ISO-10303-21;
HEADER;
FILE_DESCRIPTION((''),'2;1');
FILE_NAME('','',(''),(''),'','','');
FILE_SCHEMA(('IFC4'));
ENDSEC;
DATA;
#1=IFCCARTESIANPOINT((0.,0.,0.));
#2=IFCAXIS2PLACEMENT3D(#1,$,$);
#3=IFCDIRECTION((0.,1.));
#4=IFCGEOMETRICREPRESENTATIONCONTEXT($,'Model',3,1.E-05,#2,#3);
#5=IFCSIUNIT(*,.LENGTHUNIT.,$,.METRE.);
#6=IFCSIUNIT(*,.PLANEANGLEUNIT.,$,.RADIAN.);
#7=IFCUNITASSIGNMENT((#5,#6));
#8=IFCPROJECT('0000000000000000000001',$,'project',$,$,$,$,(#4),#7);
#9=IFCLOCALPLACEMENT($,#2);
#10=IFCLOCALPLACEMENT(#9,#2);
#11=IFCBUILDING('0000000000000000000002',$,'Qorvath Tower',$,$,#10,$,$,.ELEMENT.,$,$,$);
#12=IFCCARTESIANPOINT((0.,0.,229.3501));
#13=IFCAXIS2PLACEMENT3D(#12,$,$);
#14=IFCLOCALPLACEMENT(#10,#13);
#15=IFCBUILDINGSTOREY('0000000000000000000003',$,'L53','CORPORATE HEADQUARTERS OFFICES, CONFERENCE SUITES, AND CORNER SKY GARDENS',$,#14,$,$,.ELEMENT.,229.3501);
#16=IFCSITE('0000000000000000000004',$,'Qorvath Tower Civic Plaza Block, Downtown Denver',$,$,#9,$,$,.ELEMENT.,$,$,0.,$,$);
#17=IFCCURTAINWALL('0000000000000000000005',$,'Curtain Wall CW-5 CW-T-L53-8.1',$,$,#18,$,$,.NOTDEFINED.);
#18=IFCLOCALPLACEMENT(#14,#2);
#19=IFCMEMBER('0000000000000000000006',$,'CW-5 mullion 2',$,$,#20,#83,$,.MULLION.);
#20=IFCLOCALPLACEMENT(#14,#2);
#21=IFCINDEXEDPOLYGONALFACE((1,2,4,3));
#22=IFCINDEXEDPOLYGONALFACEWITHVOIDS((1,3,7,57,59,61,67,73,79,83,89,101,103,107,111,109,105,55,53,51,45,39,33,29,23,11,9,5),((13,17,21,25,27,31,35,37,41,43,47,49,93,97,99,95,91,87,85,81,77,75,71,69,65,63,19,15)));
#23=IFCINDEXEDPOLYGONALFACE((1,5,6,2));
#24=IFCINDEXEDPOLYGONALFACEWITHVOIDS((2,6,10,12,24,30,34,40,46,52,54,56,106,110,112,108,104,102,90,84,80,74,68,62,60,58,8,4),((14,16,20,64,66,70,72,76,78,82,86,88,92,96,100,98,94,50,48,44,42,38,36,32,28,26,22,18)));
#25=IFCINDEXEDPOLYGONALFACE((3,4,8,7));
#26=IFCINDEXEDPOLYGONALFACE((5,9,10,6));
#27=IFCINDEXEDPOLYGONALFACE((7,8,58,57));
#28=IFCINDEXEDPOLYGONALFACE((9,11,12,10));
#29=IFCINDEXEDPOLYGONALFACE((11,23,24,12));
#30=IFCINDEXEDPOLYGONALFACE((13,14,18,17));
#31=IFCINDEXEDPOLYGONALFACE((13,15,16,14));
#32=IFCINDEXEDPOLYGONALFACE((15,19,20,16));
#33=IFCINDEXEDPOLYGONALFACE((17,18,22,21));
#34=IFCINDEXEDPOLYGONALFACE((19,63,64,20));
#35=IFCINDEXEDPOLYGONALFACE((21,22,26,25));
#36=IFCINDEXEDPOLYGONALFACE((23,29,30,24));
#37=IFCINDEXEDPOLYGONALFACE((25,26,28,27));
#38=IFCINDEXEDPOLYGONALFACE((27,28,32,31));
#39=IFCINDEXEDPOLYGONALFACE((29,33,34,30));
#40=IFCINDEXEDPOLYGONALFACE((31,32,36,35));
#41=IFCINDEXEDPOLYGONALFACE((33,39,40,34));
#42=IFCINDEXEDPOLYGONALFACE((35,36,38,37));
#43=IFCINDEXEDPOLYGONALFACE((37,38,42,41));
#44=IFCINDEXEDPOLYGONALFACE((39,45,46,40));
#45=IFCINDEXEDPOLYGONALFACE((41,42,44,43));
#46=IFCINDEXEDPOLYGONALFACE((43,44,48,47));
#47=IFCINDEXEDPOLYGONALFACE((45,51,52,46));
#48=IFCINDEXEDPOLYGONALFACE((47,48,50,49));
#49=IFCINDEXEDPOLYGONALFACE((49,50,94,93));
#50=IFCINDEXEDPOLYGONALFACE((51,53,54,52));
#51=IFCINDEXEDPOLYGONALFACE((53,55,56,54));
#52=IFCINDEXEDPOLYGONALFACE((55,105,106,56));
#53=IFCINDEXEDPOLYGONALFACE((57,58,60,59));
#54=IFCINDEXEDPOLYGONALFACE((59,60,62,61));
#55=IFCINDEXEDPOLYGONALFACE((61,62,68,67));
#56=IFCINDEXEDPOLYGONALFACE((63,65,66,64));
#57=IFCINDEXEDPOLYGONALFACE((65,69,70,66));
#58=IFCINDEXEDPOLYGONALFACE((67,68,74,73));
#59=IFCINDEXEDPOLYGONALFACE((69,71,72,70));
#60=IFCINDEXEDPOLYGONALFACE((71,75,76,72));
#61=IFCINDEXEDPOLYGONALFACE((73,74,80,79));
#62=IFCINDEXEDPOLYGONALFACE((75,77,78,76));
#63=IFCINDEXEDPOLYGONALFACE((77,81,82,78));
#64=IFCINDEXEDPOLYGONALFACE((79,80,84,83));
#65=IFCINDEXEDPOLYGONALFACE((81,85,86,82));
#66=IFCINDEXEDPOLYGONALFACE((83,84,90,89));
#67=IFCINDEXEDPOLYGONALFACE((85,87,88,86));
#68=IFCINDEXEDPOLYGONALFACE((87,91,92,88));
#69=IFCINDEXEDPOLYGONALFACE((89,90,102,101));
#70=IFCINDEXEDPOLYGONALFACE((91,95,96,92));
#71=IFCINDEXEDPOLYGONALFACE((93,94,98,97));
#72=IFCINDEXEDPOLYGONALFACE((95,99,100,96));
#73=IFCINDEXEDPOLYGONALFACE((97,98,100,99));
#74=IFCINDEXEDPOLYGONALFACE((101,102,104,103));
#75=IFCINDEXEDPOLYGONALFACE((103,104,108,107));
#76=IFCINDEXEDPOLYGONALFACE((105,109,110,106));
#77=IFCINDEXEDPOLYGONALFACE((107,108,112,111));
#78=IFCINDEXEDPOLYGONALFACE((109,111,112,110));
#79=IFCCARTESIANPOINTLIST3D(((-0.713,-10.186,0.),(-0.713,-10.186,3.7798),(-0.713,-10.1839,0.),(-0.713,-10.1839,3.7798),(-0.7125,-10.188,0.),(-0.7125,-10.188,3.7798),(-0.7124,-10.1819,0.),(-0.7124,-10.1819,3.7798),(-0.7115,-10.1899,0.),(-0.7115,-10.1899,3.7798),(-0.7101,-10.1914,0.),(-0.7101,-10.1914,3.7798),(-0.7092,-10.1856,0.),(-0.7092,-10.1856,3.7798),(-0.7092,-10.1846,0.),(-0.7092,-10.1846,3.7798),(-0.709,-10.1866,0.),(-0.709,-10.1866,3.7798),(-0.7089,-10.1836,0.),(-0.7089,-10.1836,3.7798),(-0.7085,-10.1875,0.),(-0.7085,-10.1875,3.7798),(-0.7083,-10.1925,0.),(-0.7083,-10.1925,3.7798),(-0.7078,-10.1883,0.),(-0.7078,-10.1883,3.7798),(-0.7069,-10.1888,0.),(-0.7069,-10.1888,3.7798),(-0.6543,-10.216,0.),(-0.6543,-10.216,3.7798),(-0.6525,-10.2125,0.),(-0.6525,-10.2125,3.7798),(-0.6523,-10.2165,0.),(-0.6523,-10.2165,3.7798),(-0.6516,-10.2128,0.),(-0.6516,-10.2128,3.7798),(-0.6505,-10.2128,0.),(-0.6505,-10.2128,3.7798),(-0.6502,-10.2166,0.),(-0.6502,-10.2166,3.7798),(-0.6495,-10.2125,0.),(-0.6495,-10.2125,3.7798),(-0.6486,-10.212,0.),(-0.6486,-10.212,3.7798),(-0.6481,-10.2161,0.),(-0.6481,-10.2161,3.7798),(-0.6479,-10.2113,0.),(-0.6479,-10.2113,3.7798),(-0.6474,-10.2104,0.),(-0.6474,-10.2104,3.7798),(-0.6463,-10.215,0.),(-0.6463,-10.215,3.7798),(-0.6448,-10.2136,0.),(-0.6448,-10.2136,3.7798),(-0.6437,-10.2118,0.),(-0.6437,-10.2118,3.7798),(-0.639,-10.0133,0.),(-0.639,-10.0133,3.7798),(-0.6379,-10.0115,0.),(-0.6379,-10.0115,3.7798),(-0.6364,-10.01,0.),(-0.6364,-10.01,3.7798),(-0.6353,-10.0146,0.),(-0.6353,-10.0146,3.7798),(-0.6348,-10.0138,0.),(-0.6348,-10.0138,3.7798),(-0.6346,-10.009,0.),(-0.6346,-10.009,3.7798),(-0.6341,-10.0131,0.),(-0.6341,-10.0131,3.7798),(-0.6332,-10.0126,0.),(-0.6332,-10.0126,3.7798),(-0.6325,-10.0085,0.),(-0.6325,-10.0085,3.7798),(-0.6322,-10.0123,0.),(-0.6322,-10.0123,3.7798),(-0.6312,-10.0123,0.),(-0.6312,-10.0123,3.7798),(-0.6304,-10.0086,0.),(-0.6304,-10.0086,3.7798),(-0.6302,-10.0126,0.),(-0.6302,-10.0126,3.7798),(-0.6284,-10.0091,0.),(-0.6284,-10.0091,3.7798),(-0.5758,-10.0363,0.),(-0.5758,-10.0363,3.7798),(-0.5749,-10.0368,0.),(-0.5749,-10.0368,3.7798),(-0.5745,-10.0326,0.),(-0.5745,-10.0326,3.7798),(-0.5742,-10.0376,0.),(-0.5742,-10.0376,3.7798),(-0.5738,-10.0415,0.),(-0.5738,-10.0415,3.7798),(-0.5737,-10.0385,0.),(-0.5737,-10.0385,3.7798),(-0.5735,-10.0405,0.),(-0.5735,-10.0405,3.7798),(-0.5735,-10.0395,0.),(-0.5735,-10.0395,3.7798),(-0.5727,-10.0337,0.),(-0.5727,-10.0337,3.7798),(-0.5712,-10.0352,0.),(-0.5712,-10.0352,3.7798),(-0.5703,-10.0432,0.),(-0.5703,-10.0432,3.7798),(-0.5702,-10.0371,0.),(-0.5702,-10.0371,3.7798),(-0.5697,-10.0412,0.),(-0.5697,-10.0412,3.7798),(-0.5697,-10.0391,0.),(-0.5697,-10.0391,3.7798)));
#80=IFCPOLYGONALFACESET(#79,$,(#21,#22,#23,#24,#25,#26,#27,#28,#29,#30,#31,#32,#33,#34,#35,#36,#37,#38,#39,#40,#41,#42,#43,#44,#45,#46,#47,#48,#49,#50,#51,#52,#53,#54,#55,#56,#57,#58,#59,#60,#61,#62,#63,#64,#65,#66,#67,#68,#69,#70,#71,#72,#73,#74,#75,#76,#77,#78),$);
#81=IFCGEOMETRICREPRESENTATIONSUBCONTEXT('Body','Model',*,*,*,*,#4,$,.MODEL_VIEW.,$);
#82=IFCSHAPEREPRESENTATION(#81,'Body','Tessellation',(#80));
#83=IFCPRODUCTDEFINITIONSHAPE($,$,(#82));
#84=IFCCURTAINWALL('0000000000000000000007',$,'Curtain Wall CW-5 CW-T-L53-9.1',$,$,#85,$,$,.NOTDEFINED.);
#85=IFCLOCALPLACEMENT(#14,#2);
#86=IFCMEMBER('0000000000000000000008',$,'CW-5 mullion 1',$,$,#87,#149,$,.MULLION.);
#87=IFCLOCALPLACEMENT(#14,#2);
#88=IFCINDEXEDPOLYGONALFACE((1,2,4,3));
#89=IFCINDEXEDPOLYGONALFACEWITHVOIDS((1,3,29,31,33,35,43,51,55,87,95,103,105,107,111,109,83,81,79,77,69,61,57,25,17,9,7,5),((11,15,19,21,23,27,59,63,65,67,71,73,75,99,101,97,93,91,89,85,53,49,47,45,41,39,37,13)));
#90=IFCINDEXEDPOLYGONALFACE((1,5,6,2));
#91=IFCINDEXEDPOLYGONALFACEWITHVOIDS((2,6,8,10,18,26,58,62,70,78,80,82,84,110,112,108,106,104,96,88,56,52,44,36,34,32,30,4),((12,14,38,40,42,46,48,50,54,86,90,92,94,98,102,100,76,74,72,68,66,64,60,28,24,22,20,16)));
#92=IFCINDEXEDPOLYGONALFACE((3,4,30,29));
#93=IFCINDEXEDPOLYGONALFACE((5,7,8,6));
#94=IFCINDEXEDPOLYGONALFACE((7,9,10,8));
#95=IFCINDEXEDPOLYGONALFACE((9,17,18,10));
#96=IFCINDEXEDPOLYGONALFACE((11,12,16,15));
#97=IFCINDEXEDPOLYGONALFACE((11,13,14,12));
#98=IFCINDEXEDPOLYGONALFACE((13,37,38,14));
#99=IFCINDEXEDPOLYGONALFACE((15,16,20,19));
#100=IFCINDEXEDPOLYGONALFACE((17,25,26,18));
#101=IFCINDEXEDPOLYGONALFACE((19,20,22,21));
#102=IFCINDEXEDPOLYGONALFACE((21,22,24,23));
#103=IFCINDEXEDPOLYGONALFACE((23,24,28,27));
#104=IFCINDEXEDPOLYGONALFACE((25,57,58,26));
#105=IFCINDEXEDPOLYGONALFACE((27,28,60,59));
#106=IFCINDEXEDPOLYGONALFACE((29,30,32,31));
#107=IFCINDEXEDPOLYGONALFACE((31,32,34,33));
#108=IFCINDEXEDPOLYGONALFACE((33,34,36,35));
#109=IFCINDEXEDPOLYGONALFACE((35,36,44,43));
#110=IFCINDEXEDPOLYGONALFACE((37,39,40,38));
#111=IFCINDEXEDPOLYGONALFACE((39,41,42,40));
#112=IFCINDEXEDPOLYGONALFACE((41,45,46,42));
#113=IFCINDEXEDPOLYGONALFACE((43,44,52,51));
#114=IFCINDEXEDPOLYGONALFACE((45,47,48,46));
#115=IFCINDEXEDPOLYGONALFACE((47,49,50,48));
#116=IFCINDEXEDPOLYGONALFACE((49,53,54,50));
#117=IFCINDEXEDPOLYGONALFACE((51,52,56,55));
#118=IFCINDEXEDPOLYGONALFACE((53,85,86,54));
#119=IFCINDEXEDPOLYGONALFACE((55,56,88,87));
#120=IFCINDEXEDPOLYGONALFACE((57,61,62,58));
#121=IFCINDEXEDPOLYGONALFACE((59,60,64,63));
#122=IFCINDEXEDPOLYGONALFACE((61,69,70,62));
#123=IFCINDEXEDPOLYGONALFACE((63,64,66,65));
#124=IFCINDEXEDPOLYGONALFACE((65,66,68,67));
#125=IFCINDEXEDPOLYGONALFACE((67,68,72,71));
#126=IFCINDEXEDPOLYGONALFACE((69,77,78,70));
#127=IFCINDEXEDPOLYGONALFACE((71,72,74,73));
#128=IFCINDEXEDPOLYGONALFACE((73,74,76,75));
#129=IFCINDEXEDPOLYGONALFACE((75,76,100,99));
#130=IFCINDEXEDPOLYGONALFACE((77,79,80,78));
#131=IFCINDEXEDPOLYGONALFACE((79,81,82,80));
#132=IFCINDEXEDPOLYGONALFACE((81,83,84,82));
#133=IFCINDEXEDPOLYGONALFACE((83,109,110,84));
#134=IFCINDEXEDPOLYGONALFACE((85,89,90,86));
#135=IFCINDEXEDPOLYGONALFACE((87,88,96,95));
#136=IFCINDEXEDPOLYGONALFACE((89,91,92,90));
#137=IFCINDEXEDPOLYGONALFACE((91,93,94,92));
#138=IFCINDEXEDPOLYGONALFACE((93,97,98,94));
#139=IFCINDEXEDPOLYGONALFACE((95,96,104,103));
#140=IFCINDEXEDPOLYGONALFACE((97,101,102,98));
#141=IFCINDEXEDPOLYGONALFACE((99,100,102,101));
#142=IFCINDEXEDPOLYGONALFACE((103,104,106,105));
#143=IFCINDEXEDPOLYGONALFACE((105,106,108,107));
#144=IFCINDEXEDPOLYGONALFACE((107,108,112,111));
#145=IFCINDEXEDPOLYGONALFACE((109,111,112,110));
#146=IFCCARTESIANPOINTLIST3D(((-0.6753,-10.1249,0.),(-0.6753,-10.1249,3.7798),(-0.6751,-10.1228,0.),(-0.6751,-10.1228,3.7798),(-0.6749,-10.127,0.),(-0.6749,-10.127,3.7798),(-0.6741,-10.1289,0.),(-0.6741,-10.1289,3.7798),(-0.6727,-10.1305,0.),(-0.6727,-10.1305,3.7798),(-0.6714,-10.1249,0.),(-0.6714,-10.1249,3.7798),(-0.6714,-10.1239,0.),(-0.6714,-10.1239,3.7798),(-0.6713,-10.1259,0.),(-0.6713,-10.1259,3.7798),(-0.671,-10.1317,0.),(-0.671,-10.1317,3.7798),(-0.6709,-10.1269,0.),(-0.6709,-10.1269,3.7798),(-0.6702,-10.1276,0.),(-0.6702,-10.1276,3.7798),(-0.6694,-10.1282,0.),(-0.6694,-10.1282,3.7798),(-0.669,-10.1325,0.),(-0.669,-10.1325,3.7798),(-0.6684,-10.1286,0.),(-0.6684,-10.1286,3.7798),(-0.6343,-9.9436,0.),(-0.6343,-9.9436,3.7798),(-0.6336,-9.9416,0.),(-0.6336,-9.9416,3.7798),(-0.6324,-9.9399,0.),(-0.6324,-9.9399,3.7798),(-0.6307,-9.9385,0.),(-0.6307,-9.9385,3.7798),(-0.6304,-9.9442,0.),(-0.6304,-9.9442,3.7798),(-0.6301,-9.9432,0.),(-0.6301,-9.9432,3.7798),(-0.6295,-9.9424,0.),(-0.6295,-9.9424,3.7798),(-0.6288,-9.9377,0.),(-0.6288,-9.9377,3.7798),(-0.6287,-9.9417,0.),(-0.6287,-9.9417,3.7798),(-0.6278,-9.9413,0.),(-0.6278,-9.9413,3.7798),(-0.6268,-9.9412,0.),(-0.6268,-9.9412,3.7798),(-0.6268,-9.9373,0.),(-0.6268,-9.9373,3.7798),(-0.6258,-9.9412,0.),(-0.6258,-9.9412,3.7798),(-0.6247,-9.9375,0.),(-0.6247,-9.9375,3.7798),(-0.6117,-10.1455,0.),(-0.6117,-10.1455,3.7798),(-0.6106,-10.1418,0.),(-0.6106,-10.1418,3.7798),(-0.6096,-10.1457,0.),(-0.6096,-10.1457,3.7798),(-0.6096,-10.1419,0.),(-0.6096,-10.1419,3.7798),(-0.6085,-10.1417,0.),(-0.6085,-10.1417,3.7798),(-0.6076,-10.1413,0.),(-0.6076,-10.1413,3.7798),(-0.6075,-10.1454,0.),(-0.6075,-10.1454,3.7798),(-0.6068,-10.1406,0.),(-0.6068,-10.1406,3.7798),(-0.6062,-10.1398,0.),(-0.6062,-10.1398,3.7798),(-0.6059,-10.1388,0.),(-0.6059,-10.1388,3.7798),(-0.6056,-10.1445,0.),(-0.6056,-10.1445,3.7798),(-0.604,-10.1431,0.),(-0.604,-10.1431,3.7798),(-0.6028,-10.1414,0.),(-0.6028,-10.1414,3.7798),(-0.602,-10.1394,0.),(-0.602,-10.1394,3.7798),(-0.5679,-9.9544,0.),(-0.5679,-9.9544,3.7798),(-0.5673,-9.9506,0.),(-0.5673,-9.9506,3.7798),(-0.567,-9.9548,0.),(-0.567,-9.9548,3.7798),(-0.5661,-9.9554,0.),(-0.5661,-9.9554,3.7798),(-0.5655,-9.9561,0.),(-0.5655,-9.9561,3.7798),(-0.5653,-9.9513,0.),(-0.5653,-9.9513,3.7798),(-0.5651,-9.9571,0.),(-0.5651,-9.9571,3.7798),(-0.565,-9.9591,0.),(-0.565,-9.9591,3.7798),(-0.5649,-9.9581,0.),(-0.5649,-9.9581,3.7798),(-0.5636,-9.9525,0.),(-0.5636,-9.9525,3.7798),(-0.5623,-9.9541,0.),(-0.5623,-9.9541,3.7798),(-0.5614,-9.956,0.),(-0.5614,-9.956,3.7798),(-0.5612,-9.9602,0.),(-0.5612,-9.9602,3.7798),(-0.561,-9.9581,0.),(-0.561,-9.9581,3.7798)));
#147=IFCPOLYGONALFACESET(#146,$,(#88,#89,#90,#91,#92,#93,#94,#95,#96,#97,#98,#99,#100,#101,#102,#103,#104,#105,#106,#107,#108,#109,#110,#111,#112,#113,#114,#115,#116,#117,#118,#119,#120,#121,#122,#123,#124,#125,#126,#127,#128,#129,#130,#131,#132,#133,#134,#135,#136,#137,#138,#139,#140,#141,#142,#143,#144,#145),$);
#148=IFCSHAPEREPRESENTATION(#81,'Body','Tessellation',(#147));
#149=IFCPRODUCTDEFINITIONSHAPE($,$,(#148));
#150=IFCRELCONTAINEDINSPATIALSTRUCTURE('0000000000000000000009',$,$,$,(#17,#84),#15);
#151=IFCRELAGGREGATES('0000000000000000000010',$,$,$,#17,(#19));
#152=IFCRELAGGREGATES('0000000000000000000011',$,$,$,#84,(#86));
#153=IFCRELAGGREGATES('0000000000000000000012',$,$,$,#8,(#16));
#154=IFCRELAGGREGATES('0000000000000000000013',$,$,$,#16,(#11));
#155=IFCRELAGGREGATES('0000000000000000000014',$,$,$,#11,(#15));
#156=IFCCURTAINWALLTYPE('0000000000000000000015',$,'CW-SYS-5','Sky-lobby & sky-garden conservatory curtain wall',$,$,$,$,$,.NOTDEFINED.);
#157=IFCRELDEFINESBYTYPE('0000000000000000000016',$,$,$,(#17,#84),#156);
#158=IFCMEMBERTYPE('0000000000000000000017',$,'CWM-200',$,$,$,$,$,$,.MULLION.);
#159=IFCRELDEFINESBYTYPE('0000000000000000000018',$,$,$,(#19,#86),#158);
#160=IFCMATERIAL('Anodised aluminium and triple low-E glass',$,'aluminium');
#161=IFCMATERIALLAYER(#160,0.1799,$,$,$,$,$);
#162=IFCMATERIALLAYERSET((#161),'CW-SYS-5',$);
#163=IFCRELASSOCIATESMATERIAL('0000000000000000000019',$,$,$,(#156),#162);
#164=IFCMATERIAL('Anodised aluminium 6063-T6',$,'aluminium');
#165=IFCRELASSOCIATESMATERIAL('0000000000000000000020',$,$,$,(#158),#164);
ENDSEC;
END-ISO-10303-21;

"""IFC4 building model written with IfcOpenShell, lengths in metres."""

from ifc_helpers import new_model, si_unit, direction, frame, origin, origin_2d, place, context, subcontext, project, spatial, hollow_rectangle, extrude, material, layer, layer_set, material_profile, profile_set, type_object, element, aggregate, save


model = new_model("IFC4")

# Units and contexts
model_context = context("Model", 3, precision=1e-05, world=origin(), true_north=direction((0.0, 1.0)))
body_context = subcontext(model_context, "Body", "Model", "MODEL_VIEW")
ifc_project = project(units=[si_unit("LENGTHUNIT", "METRE"), si_unit("PLANEANGLEUNIT", "RADIAN")], contexts=[model_context])

# Site, building, storey
site_placement = place(None, origin())
site = spatial("IfcSite", under=ifc_project, at=site_placement, Name="Qorvath Tower Civic Plaza Block, Downtown Denver", CompositionType="ELEMENT", RefElevation=0.0)
building_placement = place(site_placement, origin())
building = spatial("IfcBuilding", under=site, at=building_placement, Name="Qorvath Tower", CompositionType="ELEMENT")
storey_placement = place(building_placement, frame((0.0, 0.0, 229.3501)))
storey = spatial("IfcBuildingStorey", under=building, at=storey_placement, Name="L53", Description="CORPORATE HEADQUARTERS OFFICES, CONFERENCE SUITES, AND CORNER SKY GARDENS", CompositionType="ELEMENT", Elevation=229.3501)

# Curtain walls, members
ifc_material_1 = material(Name="Anodised aluminium and triple low-E glass", Category="aluminium")
ifc_layer_1 = layer(ifc_material_1, 0.1799)
ifc_layer_set_1 = layer_set([ifc_layer_1], Name="CW-SYS-5")
curtain_wall_type = type_object("IfcCurtainWallType", Name="CW-SYS-5", Description="Sky-lobby & sky-garden conservatory curtain wall", PredefinedType="NOTDEFINED", material=ifc_layer_set_1)
curtain_wall_1_placement = place(storey_placement, origin())
curtain_wall_1 = element("IfcCurtainWall", 1, at=curtain_wall_1_placement, inside=storey, type_object=curtain_wall_type, Name="Curtain Wall CW-5 CW-T-L53-8.1", PredefinedType="NOTDEFINED")
ifc_material_2 = material(Name="Anodised aluminium 6063-T6", Category="aluminium")
ifc_material_profile_1 = material_profile(ifc_material_2, hollow_rectangle(XDim=0.075, YDim=0.2, WallThickness=0.0039, InnerFilletRadius=0.0039, OuterFilletRadius=0.0081, at=origin_2d()), Name="CWM 200x75")
ifc_profile_set_1 = profile_set([ifc_material_profile_1], Name="Anodised aluminium 6063-T6")
member_type_1 = type_object("IfcMemberType", Name="CWM-200", PredefinedType="MULLION", material=ifc_profile_set_1)
member_1_placement = place(storey_placement, frame((-0.6414, -10.1125, 0.0), z_axis=(0.0, 0.0, 1.0), x_axis=(-0.916785, 0.399382, 0.0)))
member_1 = element("IfcMember", 2, at=member_1_placement, type_object=member_type_1, Name="CW-5 mullion 2", PredefinedType="MULLION", context=body_context, shape_type="SweptSolid", body=[
    extrude(hollow_rectangle(XDim=0.075, YDim=0.2, WallThickness=0.0039, InnerFilletRadius=0.0039, OuterFilletRadius=0.0081, at=origin_2d()), origin(), (0.0, 0.0, 1.0), 3.7798),
])
curtain_wall_2_placement = place(storey_placement, origin())
curtain_wall_2 = element("IfcCurtainWall", 3, at=curtain_wall_2_placement, inside=storey, type_object=curtain_wall_type, Name="Curtain Wall CW-5 CW-T-L53-9.1", PredefinedType="NOTDEFINED")
member_2_placement = place(storey_placement, frame((-0.6182, -10.0415, 0.0), z_axis=(0.0, 0.0, 1.0), x_axis=(-0.975053, 0.22197, 0.0)))
member_2 = element("IfcMember", 4, at=member_2_placement, type_object=member_type_1, Name="CW-5 mullion 1", PredefinedType="MULLION", context=body_context, shape_type="SweptSolid", body=[
    extrude(hollow_rectangle(XDim=0.075, YDim=0.2, WallThickness=0.0039, InnerFilletRadius=0.0039, OuterFilletRadius=0.0081, at=origin_2d()), origin(), (0.0, 0.0, 1.0), 3.7798),
])

aggregate(curtain_wall_1, [member_1])
aggregate(curtain_wall_2, [member_2])

save(model, "model.ifc")
